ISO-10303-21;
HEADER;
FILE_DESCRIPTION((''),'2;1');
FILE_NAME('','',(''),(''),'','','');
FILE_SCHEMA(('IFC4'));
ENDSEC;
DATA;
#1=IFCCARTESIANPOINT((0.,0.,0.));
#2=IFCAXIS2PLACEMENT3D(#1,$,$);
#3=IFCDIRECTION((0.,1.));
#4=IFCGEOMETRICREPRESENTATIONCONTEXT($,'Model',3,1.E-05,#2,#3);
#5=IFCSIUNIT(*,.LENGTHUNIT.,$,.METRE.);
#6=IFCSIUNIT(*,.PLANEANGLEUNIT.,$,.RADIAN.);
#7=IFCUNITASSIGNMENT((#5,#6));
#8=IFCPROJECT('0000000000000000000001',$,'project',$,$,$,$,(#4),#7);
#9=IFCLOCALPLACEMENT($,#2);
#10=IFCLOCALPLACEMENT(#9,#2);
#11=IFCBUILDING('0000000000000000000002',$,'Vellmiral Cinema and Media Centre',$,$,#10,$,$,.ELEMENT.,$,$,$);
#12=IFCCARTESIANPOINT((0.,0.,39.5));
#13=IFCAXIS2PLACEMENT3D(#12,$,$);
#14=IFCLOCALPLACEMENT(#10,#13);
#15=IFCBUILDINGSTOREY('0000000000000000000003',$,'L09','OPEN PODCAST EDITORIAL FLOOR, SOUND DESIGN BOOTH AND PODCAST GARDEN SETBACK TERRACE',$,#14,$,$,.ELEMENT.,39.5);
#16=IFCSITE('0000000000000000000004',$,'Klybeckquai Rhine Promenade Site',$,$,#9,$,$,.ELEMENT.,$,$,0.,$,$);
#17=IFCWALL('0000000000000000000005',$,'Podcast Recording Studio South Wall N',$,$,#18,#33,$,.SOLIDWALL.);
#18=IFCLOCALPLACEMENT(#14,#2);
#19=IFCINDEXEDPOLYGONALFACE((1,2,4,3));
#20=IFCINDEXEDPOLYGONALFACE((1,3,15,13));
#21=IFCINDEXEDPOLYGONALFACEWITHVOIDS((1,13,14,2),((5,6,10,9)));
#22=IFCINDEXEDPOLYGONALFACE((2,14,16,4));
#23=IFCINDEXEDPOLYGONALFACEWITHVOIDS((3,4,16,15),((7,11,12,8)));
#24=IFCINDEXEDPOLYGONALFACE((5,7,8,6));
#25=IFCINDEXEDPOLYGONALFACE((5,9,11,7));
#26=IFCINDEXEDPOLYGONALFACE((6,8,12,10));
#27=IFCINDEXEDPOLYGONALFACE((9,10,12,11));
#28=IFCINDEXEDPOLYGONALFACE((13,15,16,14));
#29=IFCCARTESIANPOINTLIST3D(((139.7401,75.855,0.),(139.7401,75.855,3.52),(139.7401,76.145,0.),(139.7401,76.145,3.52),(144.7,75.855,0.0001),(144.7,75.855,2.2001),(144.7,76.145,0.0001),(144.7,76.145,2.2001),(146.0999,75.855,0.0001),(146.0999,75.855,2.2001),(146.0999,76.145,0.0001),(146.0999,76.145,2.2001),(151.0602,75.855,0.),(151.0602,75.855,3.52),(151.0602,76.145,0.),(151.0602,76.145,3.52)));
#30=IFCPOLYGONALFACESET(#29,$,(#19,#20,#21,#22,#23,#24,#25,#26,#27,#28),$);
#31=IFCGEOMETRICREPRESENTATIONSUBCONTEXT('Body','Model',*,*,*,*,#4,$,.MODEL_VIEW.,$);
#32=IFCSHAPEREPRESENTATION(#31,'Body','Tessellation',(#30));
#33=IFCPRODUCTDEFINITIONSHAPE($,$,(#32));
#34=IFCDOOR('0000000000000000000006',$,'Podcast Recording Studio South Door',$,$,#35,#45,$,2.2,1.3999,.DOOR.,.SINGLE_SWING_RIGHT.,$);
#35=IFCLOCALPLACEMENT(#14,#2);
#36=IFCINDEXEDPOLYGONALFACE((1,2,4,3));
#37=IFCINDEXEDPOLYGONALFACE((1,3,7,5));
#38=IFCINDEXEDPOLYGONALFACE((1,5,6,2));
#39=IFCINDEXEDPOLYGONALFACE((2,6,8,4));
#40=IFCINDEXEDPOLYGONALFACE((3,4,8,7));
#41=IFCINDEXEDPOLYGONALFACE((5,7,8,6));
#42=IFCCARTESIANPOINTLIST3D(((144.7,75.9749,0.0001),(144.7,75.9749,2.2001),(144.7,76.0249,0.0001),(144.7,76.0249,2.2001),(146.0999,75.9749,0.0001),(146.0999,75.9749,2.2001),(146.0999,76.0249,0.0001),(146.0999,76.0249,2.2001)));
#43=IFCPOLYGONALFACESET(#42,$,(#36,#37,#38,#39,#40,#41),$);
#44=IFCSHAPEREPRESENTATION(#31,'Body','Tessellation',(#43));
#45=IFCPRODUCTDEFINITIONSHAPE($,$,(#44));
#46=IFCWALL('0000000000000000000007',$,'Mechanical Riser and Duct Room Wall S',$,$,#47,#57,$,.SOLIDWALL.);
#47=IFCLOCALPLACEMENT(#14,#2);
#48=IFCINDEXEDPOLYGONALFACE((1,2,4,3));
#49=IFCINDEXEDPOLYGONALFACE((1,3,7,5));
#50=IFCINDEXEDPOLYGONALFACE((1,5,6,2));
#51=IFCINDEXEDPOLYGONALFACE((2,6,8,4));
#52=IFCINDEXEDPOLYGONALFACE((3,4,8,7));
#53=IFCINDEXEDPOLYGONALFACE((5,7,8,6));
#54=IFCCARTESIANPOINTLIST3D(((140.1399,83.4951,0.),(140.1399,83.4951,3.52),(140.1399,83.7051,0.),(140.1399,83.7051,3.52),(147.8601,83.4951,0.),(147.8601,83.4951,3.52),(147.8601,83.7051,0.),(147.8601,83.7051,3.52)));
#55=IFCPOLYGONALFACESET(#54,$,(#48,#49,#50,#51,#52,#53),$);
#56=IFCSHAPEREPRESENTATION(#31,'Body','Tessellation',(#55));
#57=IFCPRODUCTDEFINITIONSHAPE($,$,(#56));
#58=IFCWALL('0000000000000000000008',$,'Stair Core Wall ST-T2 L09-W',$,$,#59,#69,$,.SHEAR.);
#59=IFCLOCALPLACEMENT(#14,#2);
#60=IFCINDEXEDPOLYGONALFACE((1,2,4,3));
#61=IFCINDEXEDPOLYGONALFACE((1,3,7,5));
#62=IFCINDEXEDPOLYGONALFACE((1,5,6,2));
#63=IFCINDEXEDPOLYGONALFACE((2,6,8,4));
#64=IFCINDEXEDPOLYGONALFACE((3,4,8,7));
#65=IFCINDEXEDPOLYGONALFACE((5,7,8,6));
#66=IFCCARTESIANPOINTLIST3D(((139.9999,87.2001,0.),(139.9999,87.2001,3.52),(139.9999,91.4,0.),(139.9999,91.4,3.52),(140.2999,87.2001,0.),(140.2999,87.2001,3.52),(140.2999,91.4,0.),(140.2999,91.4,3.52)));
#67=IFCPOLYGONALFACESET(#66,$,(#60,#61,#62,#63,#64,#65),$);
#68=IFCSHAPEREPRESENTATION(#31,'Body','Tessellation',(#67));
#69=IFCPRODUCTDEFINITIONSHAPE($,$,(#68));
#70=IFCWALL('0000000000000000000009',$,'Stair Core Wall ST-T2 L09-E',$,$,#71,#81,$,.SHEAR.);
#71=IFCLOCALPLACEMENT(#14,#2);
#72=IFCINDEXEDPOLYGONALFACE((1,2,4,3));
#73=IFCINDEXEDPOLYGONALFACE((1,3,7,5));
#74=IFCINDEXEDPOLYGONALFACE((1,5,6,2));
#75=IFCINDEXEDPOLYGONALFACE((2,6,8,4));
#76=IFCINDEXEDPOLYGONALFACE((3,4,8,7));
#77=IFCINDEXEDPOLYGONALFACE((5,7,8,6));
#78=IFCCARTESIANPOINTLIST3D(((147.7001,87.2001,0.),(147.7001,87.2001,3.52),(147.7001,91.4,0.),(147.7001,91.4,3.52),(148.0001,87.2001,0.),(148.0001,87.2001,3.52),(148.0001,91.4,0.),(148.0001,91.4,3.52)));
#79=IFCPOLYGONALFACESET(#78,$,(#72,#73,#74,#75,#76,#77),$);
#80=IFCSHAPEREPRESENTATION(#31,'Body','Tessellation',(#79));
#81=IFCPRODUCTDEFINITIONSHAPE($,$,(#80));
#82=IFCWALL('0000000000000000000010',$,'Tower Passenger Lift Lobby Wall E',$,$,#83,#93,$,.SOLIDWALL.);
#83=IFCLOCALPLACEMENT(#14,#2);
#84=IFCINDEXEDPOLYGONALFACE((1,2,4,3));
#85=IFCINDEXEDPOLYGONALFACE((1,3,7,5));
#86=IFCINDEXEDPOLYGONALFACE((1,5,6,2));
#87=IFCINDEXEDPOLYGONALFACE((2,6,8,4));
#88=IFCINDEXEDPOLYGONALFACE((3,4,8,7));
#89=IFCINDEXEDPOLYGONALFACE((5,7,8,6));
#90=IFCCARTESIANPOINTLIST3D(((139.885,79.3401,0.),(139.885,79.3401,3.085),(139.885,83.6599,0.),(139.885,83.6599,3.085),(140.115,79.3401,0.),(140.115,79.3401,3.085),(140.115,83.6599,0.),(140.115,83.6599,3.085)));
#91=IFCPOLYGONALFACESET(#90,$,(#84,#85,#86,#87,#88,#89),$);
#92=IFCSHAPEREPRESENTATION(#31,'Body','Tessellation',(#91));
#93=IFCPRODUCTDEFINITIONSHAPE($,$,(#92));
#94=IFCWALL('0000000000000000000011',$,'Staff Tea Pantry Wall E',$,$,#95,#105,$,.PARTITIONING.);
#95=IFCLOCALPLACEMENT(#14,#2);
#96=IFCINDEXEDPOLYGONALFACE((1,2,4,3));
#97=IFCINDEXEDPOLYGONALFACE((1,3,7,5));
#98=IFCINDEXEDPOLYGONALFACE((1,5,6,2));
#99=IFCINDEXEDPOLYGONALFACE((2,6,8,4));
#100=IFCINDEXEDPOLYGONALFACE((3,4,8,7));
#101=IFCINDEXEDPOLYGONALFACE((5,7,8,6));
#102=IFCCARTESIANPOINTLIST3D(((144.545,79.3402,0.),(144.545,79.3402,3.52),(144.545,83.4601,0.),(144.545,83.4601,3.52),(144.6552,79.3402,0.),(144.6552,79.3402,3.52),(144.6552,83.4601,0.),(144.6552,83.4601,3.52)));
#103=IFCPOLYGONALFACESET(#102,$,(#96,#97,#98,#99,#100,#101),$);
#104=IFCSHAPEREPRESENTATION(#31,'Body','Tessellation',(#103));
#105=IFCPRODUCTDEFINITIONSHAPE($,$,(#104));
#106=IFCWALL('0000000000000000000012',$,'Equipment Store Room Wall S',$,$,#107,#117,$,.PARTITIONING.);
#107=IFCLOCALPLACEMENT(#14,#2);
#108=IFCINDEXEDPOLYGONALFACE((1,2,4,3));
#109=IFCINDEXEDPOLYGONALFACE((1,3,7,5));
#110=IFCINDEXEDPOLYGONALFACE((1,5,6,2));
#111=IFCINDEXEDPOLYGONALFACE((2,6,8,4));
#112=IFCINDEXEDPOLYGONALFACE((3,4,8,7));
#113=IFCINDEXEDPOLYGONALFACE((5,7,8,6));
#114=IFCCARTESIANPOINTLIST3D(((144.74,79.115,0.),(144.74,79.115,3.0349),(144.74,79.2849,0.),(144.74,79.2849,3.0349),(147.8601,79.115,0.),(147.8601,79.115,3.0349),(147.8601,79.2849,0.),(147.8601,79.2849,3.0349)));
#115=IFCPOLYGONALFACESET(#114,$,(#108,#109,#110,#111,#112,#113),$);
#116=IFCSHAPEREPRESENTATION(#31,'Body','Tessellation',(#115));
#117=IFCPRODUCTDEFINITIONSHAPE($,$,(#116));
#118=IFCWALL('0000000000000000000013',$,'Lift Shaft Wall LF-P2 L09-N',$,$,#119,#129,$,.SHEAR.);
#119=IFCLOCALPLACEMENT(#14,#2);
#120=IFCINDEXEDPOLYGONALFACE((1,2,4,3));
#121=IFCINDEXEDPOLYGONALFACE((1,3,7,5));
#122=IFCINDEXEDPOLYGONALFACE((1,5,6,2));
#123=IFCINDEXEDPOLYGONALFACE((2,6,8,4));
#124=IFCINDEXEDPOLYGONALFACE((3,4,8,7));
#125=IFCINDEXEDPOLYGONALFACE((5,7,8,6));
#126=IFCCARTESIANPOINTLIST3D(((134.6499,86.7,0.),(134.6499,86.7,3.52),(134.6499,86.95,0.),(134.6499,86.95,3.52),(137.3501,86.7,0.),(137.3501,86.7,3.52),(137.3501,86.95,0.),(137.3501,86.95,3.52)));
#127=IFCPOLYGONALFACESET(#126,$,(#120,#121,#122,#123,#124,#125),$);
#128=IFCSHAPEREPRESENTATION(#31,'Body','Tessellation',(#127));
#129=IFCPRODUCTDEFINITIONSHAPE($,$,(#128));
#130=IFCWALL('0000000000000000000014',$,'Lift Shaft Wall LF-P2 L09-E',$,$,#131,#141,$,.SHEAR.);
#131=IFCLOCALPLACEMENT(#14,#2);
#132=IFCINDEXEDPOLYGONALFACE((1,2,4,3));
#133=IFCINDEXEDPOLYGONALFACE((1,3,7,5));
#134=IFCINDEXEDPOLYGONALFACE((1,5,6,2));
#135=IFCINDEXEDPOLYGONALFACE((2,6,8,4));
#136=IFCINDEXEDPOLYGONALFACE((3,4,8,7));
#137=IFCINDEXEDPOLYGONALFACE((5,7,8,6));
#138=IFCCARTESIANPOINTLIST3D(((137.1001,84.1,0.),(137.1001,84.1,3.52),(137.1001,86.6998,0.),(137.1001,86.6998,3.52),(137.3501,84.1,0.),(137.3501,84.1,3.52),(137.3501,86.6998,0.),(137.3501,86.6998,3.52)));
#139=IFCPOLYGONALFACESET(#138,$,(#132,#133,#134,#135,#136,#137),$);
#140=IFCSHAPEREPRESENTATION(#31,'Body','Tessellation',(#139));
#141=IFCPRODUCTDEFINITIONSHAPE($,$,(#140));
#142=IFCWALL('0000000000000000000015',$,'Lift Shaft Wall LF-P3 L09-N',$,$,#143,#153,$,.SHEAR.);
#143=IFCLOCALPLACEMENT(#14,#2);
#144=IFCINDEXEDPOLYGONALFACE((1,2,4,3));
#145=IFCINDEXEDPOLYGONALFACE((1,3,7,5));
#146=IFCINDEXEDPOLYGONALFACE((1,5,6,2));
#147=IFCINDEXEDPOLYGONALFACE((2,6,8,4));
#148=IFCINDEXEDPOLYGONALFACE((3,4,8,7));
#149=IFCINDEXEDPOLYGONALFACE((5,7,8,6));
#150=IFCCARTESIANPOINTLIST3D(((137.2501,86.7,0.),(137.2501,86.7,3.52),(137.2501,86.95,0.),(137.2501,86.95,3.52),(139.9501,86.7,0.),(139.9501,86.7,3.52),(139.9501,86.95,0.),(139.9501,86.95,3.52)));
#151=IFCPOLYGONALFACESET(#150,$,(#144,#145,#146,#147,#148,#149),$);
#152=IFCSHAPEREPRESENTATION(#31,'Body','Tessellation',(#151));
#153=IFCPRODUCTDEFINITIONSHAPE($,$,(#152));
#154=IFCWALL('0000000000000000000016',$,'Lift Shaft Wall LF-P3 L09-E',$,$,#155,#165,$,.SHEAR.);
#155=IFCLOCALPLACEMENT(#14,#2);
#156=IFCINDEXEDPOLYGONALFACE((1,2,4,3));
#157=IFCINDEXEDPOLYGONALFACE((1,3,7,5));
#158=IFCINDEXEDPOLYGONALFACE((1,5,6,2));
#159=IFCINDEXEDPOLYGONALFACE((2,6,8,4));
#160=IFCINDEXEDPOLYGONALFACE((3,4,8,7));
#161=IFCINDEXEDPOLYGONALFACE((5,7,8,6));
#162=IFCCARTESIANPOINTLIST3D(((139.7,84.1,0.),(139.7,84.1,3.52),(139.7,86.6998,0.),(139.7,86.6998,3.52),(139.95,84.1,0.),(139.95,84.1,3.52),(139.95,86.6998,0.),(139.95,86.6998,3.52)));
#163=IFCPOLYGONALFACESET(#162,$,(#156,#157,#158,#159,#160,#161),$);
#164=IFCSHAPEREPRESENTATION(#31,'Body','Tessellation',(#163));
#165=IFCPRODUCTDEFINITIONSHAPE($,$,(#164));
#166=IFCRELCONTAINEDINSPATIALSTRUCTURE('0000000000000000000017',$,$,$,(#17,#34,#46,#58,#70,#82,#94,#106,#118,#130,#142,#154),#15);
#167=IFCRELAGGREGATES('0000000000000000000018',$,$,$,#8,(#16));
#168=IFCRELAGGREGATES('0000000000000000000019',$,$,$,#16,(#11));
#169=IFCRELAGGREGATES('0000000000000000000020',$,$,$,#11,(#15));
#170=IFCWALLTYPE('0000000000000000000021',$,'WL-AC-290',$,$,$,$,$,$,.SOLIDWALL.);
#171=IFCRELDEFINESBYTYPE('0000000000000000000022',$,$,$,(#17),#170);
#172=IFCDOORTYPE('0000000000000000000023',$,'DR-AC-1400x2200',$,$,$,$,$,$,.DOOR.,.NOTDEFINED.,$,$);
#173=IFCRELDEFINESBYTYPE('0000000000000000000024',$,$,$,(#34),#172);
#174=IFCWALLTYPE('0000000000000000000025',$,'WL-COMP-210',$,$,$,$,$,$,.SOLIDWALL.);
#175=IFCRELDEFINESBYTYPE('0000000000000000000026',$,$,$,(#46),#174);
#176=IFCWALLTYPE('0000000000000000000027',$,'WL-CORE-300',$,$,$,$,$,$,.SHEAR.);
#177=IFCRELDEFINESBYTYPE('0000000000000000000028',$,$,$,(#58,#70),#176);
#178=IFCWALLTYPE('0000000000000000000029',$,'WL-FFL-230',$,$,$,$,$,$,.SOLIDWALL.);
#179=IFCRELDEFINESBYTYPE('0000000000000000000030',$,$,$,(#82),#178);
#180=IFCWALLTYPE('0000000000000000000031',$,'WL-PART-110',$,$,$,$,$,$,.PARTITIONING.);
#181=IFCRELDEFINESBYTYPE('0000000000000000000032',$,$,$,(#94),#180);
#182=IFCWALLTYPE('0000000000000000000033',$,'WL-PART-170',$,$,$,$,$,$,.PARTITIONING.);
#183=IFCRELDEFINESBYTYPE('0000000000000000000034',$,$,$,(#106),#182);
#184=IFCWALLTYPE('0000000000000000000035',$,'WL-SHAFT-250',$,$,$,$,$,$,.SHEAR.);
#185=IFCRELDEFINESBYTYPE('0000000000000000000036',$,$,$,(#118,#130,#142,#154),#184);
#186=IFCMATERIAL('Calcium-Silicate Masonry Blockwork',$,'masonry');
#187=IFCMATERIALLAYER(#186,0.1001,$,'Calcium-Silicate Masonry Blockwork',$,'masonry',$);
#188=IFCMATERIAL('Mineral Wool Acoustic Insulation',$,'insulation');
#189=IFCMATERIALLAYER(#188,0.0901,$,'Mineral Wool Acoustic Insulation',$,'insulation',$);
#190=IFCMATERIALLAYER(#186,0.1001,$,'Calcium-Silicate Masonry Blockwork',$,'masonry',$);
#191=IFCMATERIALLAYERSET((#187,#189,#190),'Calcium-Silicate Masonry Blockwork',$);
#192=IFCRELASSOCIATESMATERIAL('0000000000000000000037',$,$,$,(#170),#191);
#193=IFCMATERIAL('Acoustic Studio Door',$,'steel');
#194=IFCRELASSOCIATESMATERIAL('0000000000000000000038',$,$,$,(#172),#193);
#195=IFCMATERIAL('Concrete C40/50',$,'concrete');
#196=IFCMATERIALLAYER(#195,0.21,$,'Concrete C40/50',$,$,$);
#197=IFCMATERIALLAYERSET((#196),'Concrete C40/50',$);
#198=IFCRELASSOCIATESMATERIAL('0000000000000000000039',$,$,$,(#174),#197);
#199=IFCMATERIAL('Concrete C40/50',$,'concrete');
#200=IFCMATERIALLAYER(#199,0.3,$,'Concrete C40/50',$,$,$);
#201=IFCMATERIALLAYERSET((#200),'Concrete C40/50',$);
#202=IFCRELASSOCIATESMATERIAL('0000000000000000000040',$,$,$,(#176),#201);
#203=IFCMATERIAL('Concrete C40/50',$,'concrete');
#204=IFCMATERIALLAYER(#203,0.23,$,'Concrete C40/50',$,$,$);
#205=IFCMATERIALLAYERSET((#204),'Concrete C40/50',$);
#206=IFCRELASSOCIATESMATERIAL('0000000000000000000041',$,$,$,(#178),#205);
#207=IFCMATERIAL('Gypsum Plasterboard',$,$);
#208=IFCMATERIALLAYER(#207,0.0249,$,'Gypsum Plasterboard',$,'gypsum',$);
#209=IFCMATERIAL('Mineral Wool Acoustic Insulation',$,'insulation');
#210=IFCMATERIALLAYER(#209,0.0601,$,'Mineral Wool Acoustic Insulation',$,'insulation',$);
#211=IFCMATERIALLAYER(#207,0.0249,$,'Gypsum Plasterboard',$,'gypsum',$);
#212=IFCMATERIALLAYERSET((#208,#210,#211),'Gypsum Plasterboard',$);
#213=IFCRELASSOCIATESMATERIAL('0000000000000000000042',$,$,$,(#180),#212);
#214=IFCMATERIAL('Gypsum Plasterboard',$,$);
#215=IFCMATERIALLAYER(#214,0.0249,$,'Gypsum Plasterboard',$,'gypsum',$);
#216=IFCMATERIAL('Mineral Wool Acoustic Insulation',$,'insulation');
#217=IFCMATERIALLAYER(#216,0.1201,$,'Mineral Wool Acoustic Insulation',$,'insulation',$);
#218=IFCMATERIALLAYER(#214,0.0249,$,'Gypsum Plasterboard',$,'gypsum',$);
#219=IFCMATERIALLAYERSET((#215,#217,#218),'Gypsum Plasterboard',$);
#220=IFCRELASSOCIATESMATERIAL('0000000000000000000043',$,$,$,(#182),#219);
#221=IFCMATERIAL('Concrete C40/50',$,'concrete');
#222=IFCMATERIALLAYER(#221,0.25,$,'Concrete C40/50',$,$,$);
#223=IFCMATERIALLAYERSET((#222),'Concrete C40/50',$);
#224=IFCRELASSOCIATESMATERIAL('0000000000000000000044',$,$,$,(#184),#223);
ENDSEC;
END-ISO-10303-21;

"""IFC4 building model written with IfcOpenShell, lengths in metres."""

from ifc_helpers import new_model, si_unit, direction, frame, frame_2d, origin, place, context, subcontext, project, spatial, rectangle, extrude, material, layer, layer_set, type_object, element, fill, save


model = new_model("IFC4")

# Units and contexts
model_context = context("Model", 3, precision=1e-05, world=origin(), true_north=direction((0.0, 1.0)))
body_context = subcontext(model_context, "Body", "Model", "MODEL_VIEW")
ifc_project = project(units=[si_unit("LENGTHUNIT", "METRE"), si_unit("PLANEANGLEUNIT", "RADIAN")], contexts=[model_context])

# Site, building, storey
site_placement = place(None, origin())
site = spatial("IfcSite", under=ifc_project, at=site_placement, Name="Klybeckquai Rhine Promenade Site", CompositionType="ELEMENT", RefElevation=0.0)
building_placement = place(site_placement, origin())
building = spatial("IfcBuilding", under=site, at=building_placement, Name="Vellmiral Cinema and Media Centre", CompositionType="ELEMENT")
storey_placement = place(building_placement, frame((0.0, 0.0, 39.5)))
storey = spatial("IfcBuildingStorey", under=building, at=storey_placement, Name="L09", Description="OPEN PODCAST EDITORIAL FLOOR, SOUND DESIGN BOOTH AND PODCAST GARDEN SETBACK TERRACE", CompositionType="ELEMENT", Elevation=39.5)

# Wall, opening, door
ifc_material_1 = material(Name="Calcium-Silicate Masonry Blockwork", Category="masonry")
ifc_layer_1 = layer(ifc_material_1, 0.1001, Name="Calcium-Silicate Masonry Blockwork", Category="masonry")
ifc_material_2 = material(Name="Mineral Wool Acoustic Insulation", Category="insulation")
ifc_layer_2 = layer(ifc_material_2, 0.0901, Name="Mineral Wool Acoustic Insulation", Category="insulation")
ifc_layer_3 = layer(ifc_material_1, 0.1001, Name="Calcium-Silicate Masonry Blockwork", Category="masonry")
ifc_layer_set_1 = layer_set([ifc_layer_1, ifc_layer_2, ifc_layer_3], Name="Calcium-Silicate Masonry Blockwork")
wall_type_1 = type_object("IfcWallType", Name="WL-AC-290", PredefinedType="SOLIDWALL", material=ifc_layer_set_1)
wall_1_placement = place(storey_placement, frame((139.74, 76.0, 0.0), z_axis=(0.0, 0.0, 1.0), x_axis=(1.0, 0.0, 0.0)))
wall_1 = element("IfcWall", 1, at=wall_1_placement, inside=storey, type_object=wall_type_1, Name="Podcast Recording Studio South Wall N", PredefinedType="SOLIDWALL", context=body_context, shape_type="SweptSolid", body=[
    extrude(rectangle(XDim=11.3201, YDim=0.29, at=frame_2d((5.6602, 0.0))), origin(), (0.0, 0.0, 1.0), 3.52),
])
opening_1_placement = place(wall_1_placement, frame((4.96, 0.0, 0.0)))
opening_1 = element("IfcOpeningElement", 2, at=opening_1_placement, cuts=wall_1, PredefinedType="OPENING", context=body_context, shape_type="SweptSolid", body=[
    extrude(rectangle(XDim=1.3999, YDim=2.2, at=frame_2d((0.7, 1.1001))), frame((0.0, 0.157, 0.0), z_axis=(0.0, -1.0, 0.0), x_axis=(1.0, 0.0, 0.0)), (0.0, 0.0, 1.0), 0.314),
])
ifc_material_3 = material(Name="Acoustic Studio Door", Category="steel")
door_type_1 = type_object("IfcDoorType", Name="DR-AC-1400x2200", OperationType="NOTDEFINED", PredefinedType="DOOR", material=ifc_material_3)
door_1_placement = place(opening_1_placement, origin())
door_1 = element("IfcDoor", 3, at=door_1_placement, inside=storey, type_object=door_type_1, Name="Podcast Recording Studio South Door", OperationType="SINGLE_SWING_RIGHT", OverallHeight=2.2, OverallWidth=1.3999, PredefinedType="DOOR", context=body_context, shape_type="SweptSolid", body=[
    extrude(rectangle(XDim=1.3999, YDim=2.2, at=frame_2d((0.7, 1.1001))), frame((0.0, 0.0249, 0.0), z_axis=(0.0, -1.0, 0.0), x_axis=(1.0, 0.0, 0.0)), (0.0, 0.0, 1.0), 0.05),
])
fill(opening_1, door_1)

# Walls
ifc_material_4 = material(Name="Concrete C40/50", Category="concrete")
ifc_layer_4 = layer(ifc_material_4, 0.21, Name="Concrete C40/50")
ifc_layer_set_2 = layer_set([ifc_layer_4], Name="Concrete C40/50")
wall_type_2 = type_object("IfcWallType", Name="WL-COMP-210", PredefinedType="SOLIDWALL", material=ifc_layer_set_2)
wall_2_placement = place(storey_placement, frame((140.1399, 83.6001, 0.0), z_axis=(0.0, 0.0, 1.0), x_axis=(1.0, 0.0, 0.0)))
element("IfcWall", 4, at=wall_2_placement, inside=storey, type_object=wall_type_2, Name="Mechanical Riser and Duct Room Wall S", PredefinedType="SOLIDWALL", context=body_context, shape_type="SweptSolid", body=[
    extrude(rectangle(XDim=7.7202, YDim=0.21, at=frame_2d((3.8601, 0.0))), origin(), (0.0, 0.0, 1.0), 3.52),
])
ifc_material_5 = material(Name="Concrete C40/50", Category="concrete")
ifc_layer_5 = layer(ifc_material_5, 0.3, Name="Concrete C40/50")
ifc_layer_set_3 = layer_set([ifc_layer_5], Name="Concrete C40/50")
wall_type_3 = type_object("IfcWallType", Name="WL-CORE-300", PredefinedType="SHEAR", material=ifc_layer_set_3)
for number, where, z_axis, x_axis, name in (
    (5, (140.1499, 87.2, 0.0), (0.0, 0.0, 1.0), (0.0, 1.0, 0.0), "Stair Core Wall ST-T2 L09-W"),
    (6, (147.8501, 87.2, 0.0), (0.0, 0.0, 1.0), (0.0, 1.0, 0.0), "Stair Core Wall ST-T2 L09-E"),
):
    element("IfcWall", number, at=place(storey_placement, frame(where, z_axis=z_axis, x_axis=x_axis)), inside=storey, type_object=wall_type_3, Name=name, PredefinedType="SHEAR", context=body_context, shape_type="SweptSolid", body=[
        extrude(rectangle(XDim=4.2, YDim=0.3, at=frame_2d((2.1001, 0.0))), origin(), (0.0, 0.0, 1.0), 3.52),
    ])
ifc_material_6 = material(Name="Concrete C40/50", Category="concrete")
ifc_layer_6 = layer(ifc_material_6, 0.23, Name="Concrete C40/50")
ifc_layer_set_4 = layer_set([ifc_layer_6], Name="Concrete C40/50")
wall_type_4 = type_object("IfcWallType", Name="WL-FFL-230", PredefinedType="SOLIDWALL", material=ifc_layer_set_4)
wall_3_placement = place(storey_placement, frame((140.0, 79.3401, 0.0), z_axis=(0.0, 0.0, 1.0), x_axis=(0.0, 1.0, 0.0)))
element("IfcWall", 7, at=wall_3_placement, inside=storey, type_object=wall_type_4, Name="Tower Passenger Lift Lobby Wall E", PredefinedType="SOLIDWALL", context=body_context, shape_type="SweptSolid", body=[
    extrude(rectangle(XDim=4.3198, YDim=0.23, at=frame_2d((2.1599, 0.0))), origin(), (0.0, 0.0, 1.0), 3.085),
])
ifc_material_7 = material(Name="Gypsum Plasterboard")
ifc_layer_7 = layer(ifc_material_7, 0.0249, Name="Gypsum Plasterboard", Category="gypsum")
ifc_material_8 = material(Name="Mineral Wool Acoustic Insulation", Category="insulation")
ifc_layer_8 = layer(ifc_material_8, 0.0601, Name="Mineral Wool Acoustic Insulation", Category="insulation")
ifc_layer_9 = layer(ifc_material_7, 0.0249, Name="Gypsum Plasterboard", Category="gypsum")
ifc_layer_set_5 = layer_set([ifc_layer_7, ifc_layer_8, ifc_layer_9], Name="Gypsum Plasterboard")
wall_type_5 = type_object("IfcWallType", Name="WL-PART-110", PredefinedType="PARTITIONING", material=ifc_layer_set_5)
wall_4_placement = place(storey_placement, frame((144.6001, 79.3401, 0.0), z_axis=(0.0, 0.0, 1.0), x_axis=(0.0, 1.0, 0.0)))
element("IfcWall", 8, at=wall_4_placement, inside=storey, type_object=wall_type_5, Name="Staff Tea Pantry Wall E", PredefinedType="PARTITIONING", context=body_context, shape_type="SweptSolid", body=[
    extrude(rectangle(XDim=4.1199, YDim=0.1101, at=frame_2d((2.0601, 0.0))), origin(), (0.0, 0.0, 1.0), 3.52),
])

# Wall
ifc_material_9 = material(Name="Gypsum Plasterboard")
ifc_layer_10 = layer(ifc_material_9, 0.0249, Name="Gypsum Plasterboard", Category="gypsum")
ifc_material_10 = material(Name="Mineral Wool Acoustic Insulation", Category="insulation")
ifc_layer_11 = layer(ifc_material_10, 0.1201, Name="Mineral Wool Acoustic Insulation", Category="insulation")
ifc_layer_12 = layer(ifc_material_9, 0.0249, Name="Gypsum Plasterboard", Category="gypsum")
ifc_layer_set_6 = layer_set([ifc_layer_10, ifc_layer_11, ifc_layer_12], Name="Gypsum Plasterboard")
wall_type_6 = type_object("IfcWallType", Name="WL-PART-170", PredefinedType="PARTITIONING", material=ifc_layer_set_6)
wall_5_placement = place(storey_placement, frame((144.74, 79.2, 0.0), z_axis=(0.0, 0.0, 1.0), x_axis=(1.0, 0.0, 0.0)))
element("IfcWall", 9, at=wall_5_placement, inside=storey, type_object=wall_type_6, Name="Equipment Store Room Wall S", PredefinedType="PARTITIONING", context=body_context, shape_type="SweptSolid", body=[
    extrude(rectangle(XDim=3.1201, YDim=0.1699, at=frame_2d((1.5601, 0.0))), origin(), (0.0, 0.0, 1.0), 3.0349),
])

# Shared definitions
ifc_material_11 = material(Name="Concrete C40/50", Category="concrete")
ifc_layer_13 = layer(ifc_material_11, 0.25, Name="Concrete C40/50")
ifc_layer_set_7 = layer_set([ifc_layer_13], Name="Concrete C40/50")
wall_type_7 = type_object("IfcWallType", Name="WL-SHAFT-250", PredefinedType="SHEAR", material=ifc_layer_set_7)

# Walls
wall_6_placement = place(storey_placement, frame((134.6499, 86.825, 0.0), z_axis=(0.0, 0.0, 1.0), x_axis=(1.0, 0.0, 0.0)))
element("IfcWall", 10, at=wall_6_placement, inside=storey, type_object=wall_type_7, Name="Lift Shaft Wall LF-P2 L09-N", PredefinedType="SHEAR", context=body_context, shape_type="SweptSolid", body=[
    extrude(rectangle(XDim=2.7002, YDim=0.25, at=frame_2d((1.3501, 0.0))), origin(), (0.0, 0.0, 1.0), 3.52),
])
wall_7_placement = place(storey_placement, frame((137.2251, 84.1001, 0.0), z_axis=(0.0, 0.0, 1.0), x_axis=(0.0, 1.0, 0.0)))
element("IfcWall", 11, at=wall_7_placement, inside=storey, type_object=wall_type_7, Name="Lift Shaft Wall LF-P2 L09-E", PredefinedType="SHEAR", context=body_context, shape_type="SweptSolid", body=[
    extrude(rectangle(XDim=2.5999, YDim=0.25, at=frame_2d((1.2998, 0.0))), origin(), (0.0, 0.0, 1.0), 3.52),
])

# Walls
wall_8_placement = place(storey_placement, frame((137.25, 86.825, 0.0), z_axis=(0.0, 0.0, 1.0), x_axis=(1.0, 0.0, 0.0)))
element("IfcWall", 12, at=wall_8_placement, inside=storey, type_object=wall_type_7, Name="Lift Shaft Wall LF-P3 L09-N", PredefinedType="SHEAR", context=body_context, shape_type="SweptSolid", body=[
    extrude(rectangle(XDim=2.7, YDim=0.25, at=frame_2d((1.3501, 0.0))), origin(), (0.0, 0.0, 1.0), 3.52),
])
wall_9_placement = place(storey_placement, frame((139.825, 84.1001, 0.0), z_axis=(0.0, 0.0, 1.0), x_axis=(0.0, 1.0, 0.0)))
element("IfcWall", 13, at=wall_9_placement, inside=storey, type_object=wall_type_7, Name="Lift Shaft Wall LF-P3 L09-E", PredefinedType="SHEAR", context=body_context, shape_type="SweptSolid", body=[
    extrude(rectangle(XDim=2.5999, YDim=0.25, at=frame_2d((1.2998, 0.0))), origin(), (0.0, 0.0, 1.0), 3.52),
])

save(model, "model.ifc")
